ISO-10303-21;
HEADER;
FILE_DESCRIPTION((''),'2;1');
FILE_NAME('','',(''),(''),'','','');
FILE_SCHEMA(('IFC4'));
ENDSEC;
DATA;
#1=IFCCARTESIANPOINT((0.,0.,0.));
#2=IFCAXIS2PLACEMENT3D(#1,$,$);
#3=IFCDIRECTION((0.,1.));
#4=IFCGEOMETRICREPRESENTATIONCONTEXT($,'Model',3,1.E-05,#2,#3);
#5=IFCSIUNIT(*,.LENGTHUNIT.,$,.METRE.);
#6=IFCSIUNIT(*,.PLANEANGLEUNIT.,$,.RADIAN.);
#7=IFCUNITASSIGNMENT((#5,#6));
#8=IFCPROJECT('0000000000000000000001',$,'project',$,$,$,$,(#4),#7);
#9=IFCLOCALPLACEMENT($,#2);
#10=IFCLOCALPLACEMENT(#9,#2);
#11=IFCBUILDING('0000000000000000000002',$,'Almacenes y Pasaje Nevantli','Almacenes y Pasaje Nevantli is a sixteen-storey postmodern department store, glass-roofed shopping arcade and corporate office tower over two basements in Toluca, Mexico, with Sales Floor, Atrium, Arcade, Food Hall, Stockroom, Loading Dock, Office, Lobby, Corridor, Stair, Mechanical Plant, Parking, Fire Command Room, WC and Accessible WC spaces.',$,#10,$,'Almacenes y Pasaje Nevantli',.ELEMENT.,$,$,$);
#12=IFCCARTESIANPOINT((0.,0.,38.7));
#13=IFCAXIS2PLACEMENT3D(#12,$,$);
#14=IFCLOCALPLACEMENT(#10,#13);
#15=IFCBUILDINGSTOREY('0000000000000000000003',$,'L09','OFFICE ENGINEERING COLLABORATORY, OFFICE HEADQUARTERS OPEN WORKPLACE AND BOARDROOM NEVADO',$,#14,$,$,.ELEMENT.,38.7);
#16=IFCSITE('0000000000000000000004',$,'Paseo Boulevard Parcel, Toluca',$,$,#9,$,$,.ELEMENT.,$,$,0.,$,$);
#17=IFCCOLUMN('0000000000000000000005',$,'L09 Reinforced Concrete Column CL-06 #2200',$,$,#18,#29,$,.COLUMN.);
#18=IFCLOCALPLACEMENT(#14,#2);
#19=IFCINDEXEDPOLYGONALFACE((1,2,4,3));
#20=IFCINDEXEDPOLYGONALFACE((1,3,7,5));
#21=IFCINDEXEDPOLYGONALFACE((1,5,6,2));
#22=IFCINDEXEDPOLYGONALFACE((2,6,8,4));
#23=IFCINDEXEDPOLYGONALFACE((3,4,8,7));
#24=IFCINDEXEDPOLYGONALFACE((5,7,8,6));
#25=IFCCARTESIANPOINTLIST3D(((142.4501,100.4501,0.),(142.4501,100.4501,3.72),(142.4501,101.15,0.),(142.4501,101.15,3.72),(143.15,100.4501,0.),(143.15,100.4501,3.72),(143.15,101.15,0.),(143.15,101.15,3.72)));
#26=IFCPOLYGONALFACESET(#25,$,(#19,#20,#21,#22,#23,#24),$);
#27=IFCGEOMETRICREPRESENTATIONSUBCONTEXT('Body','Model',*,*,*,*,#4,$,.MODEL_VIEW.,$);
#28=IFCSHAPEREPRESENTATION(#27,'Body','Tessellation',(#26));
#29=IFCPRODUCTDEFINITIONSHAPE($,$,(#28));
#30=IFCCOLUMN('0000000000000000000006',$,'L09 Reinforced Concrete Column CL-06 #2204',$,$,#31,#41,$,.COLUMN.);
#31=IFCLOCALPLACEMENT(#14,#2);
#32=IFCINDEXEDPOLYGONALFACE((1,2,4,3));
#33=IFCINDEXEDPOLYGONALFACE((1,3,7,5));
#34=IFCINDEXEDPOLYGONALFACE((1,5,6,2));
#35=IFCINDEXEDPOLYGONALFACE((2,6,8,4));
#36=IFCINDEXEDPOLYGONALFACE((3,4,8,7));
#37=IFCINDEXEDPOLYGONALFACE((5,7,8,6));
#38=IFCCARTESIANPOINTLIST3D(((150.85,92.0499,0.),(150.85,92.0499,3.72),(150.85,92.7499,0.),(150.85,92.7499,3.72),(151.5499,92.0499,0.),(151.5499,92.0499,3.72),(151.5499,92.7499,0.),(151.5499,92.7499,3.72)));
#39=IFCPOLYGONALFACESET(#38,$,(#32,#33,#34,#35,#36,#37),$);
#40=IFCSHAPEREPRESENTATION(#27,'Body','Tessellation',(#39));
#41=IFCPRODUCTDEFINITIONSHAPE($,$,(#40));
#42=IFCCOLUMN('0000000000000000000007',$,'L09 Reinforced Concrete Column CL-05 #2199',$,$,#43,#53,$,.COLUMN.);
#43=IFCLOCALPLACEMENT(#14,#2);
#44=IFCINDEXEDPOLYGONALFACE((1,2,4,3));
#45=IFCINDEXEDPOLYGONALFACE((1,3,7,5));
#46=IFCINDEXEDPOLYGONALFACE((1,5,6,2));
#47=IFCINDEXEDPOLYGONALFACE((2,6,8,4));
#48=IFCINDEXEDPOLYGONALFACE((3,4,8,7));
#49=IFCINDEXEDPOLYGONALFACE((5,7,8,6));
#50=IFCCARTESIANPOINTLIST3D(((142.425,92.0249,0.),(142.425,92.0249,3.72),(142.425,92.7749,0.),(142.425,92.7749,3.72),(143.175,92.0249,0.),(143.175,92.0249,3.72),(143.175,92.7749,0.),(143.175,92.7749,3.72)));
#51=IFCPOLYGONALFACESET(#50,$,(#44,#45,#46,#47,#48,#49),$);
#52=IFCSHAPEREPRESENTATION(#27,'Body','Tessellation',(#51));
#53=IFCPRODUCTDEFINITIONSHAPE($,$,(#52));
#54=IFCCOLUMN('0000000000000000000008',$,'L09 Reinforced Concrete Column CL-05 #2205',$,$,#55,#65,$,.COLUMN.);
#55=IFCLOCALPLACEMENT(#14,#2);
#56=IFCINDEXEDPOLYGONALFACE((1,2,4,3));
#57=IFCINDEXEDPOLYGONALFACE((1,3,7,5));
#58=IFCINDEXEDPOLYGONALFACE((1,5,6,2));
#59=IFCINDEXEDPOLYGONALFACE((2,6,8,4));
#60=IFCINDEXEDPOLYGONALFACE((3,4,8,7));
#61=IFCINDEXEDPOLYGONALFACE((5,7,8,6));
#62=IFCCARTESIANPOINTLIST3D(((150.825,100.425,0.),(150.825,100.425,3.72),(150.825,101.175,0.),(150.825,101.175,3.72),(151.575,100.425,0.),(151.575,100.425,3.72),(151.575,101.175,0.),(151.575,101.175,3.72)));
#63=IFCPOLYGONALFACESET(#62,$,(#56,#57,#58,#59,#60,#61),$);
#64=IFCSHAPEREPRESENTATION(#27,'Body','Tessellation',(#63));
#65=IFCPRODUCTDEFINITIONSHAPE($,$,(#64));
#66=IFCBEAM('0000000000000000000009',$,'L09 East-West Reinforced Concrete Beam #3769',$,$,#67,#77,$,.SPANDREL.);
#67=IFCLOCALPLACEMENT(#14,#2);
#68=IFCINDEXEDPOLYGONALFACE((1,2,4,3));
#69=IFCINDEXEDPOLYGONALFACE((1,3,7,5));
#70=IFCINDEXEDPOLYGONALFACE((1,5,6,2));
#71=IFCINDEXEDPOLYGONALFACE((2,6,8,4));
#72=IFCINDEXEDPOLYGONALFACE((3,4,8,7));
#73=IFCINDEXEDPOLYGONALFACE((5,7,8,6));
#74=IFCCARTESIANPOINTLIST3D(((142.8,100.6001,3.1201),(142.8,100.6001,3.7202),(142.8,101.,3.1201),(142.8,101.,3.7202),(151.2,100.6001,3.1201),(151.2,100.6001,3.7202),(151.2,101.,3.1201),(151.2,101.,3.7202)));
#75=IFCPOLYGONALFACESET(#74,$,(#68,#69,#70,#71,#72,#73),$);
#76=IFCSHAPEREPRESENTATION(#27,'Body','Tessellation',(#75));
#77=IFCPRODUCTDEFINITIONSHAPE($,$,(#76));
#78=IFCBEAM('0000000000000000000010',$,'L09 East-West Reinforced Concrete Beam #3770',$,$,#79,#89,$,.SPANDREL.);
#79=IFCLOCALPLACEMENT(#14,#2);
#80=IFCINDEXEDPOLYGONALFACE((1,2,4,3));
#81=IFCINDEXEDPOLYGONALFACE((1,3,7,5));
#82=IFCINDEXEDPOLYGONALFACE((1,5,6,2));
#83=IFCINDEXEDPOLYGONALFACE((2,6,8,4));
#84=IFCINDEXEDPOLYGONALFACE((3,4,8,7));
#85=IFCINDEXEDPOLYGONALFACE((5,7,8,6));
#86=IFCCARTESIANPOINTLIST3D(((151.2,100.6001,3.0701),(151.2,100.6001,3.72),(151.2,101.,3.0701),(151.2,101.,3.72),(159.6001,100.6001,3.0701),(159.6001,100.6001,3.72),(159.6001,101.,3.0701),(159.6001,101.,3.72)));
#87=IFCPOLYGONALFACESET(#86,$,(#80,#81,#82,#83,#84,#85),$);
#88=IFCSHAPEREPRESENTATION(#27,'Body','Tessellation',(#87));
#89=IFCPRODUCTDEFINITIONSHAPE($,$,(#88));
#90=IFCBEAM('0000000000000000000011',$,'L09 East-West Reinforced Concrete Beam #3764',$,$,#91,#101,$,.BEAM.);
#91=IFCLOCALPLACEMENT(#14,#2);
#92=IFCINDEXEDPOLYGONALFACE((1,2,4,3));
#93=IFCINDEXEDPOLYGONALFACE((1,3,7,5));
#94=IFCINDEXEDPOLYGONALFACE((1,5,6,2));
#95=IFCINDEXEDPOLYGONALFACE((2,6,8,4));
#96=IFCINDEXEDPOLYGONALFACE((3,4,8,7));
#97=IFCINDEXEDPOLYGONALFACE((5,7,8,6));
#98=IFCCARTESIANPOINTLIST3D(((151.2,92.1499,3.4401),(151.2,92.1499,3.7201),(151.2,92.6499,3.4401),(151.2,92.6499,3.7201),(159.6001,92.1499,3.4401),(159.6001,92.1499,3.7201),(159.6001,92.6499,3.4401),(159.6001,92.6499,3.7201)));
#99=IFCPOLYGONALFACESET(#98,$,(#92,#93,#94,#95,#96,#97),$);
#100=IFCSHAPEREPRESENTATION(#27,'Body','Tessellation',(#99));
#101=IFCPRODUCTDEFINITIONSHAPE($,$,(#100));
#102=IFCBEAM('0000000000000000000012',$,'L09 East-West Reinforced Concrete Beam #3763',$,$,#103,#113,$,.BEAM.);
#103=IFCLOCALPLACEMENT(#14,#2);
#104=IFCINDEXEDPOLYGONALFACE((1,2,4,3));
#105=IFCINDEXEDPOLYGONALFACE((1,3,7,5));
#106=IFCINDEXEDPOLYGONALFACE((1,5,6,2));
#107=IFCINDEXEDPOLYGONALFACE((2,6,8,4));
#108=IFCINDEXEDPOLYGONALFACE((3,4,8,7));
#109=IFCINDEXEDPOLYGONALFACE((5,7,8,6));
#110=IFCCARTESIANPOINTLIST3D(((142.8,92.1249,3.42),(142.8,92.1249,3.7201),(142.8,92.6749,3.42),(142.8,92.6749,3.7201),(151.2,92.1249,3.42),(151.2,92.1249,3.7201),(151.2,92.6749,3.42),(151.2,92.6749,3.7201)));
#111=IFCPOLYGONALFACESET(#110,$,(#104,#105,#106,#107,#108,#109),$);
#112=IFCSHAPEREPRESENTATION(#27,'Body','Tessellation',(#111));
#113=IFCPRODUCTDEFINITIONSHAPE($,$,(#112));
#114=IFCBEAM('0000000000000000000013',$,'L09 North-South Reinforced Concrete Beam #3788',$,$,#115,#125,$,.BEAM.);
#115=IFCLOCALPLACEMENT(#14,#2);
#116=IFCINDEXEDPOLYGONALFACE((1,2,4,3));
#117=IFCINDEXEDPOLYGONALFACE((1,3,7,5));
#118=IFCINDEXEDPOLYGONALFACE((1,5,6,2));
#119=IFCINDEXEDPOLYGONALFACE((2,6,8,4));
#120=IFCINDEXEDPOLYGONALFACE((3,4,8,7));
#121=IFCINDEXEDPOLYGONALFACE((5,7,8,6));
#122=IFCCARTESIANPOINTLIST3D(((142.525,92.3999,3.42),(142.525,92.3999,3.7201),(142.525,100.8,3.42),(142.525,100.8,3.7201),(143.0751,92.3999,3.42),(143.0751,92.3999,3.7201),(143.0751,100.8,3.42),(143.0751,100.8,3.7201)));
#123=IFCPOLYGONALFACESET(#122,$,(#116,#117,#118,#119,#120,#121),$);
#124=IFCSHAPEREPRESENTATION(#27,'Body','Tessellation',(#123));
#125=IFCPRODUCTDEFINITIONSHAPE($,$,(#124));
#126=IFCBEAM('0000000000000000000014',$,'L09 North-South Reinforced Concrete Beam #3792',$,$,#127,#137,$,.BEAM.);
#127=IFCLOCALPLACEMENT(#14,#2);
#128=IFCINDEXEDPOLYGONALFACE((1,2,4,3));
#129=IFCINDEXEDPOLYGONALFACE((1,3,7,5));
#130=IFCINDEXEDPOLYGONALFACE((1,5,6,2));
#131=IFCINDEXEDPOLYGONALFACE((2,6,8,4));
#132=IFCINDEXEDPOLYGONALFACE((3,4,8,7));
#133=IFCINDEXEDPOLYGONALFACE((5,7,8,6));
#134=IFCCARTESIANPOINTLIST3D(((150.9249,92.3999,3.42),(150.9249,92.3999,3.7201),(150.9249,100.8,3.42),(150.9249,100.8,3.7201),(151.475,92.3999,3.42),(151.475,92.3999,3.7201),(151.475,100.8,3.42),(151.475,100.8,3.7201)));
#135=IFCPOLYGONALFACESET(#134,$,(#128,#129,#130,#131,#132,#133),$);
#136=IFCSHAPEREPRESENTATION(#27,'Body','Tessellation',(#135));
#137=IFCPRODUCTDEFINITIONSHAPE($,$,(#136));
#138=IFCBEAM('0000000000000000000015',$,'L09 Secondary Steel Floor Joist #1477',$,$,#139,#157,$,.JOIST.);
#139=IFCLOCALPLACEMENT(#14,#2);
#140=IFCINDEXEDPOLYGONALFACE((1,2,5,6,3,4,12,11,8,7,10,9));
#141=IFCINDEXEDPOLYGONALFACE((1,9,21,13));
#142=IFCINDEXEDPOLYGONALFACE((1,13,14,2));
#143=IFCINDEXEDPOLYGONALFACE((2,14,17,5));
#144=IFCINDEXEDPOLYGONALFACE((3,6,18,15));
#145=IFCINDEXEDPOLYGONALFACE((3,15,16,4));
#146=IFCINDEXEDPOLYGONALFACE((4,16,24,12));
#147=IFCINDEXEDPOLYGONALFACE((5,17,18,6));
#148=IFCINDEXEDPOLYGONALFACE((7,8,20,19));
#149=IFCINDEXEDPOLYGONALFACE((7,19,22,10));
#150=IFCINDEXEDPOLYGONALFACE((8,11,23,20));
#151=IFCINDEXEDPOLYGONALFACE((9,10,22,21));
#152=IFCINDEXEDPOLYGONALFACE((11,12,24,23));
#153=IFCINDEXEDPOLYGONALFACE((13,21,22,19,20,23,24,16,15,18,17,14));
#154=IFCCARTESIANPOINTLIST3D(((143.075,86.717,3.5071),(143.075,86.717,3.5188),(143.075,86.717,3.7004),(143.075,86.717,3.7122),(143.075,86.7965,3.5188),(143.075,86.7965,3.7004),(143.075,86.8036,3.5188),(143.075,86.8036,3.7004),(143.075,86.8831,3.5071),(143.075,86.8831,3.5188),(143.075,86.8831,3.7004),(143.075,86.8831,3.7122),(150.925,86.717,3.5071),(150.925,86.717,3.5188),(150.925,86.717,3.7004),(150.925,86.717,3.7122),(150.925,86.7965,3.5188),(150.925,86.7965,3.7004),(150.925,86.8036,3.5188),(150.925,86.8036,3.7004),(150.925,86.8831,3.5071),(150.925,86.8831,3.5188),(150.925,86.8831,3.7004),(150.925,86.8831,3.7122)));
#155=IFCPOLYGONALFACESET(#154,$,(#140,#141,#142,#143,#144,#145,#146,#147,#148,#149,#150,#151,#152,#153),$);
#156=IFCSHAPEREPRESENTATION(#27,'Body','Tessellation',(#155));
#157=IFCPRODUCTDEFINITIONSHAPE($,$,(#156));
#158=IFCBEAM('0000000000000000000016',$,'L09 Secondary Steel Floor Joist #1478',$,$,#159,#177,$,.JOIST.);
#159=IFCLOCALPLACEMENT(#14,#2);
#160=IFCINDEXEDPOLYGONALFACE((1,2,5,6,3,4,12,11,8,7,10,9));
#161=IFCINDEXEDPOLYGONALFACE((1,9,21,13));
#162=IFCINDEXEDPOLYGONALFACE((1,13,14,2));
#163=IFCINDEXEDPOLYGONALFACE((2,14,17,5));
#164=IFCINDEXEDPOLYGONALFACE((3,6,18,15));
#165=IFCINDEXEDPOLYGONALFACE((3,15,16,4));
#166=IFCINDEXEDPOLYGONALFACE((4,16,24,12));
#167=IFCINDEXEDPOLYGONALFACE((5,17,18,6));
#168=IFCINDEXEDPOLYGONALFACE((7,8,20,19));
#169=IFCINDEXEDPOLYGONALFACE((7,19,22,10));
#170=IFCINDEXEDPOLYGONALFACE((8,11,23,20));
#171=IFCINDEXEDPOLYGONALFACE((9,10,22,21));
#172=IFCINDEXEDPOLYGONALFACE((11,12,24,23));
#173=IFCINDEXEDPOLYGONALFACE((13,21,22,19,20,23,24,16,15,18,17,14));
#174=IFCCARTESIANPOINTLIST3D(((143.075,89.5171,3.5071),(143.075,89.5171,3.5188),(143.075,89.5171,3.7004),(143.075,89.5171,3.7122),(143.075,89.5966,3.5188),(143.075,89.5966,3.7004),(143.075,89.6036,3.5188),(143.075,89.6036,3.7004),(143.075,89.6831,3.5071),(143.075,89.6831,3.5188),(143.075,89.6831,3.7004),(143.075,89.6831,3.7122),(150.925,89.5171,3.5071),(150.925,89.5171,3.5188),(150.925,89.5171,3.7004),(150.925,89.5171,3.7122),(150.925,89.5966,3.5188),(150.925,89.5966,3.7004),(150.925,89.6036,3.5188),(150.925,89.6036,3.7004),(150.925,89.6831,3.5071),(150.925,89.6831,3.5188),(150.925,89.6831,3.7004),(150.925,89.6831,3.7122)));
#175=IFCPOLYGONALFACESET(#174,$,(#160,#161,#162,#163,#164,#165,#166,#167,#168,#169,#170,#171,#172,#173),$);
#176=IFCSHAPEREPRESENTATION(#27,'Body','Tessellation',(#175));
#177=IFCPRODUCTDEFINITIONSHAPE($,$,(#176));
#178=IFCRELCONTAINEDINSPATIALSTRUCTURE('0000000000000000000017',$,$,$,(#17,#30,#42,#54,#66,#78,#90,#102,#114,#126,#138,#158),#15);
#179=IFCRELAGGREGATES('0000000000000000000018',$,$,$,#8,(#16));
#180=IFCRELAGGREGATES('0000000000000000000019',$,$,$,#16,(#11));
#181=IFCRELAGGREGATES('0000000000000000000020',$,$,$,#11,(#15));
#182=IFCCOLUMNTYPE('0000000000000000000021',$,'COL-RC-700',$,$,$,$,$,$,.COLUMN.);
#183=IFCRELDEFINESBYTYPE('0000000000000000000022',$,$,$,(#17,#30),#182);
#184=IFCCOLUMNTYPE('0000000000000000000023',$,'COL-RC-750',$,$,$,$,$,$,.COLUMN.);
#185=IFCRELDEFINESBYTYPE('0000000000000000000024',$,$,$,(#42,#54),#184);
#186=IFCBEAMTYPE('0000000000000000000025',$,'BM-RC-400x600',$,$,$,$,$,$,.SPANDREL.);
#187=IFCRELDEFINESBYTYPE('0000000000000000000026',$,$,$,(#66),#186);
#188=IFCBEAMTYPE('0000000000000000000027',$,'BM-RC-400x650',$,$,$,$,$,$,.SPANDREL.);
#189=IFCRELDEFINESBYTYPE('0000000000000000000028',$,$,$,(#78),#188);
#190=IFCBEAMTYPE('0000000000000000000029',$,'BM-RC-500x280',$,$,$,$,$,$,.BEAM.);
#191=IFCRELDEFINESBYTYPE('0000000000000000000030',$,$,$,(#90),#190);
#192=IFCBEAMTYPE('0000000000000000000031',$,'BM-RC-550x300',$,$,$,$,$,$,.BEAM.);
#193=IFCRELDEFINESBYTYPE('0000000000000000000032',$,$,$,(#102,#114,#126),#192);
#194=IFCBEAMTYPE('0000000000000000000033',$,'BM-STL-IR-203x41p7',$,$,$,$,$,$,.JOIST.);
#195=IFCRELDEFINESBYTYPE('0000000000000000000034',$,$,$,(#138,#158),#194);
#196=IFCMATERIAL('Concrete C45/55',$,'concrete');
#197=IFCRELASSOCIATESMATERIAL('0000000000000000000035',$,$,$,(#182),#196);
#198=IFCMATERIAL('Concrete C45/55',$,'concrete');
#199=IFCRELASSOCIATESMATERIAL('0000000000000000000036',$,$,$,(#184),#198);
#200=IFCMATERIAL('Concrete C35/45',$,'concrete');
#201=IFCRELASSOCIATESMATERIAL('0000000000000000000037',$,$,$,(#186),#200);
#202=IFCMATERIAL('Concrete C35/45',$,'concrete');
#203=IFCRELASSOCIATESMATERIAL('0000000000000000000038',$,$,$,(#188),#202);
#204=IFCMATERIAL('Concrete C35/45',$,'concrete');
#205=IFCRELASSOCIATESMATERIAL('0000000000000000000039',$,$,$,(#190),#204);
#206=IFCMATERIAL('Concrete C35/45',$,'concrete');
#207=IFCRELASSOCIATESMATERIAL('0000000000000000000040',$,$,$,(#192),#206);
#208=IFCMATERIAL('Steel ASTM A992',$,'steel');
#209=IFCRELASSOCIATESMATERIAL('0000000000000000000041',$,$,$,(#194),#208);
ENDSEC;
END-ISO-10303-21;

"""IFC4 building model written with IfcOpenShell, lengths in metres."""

from ifc_helpers import new_model, si_unit, direction, frame, origin, origin_2d, place, context, subcontext, project, spatial, rectangle, i_section, extrude, material, material_profile, profile_set, type_object, element, save


model = new_model("IFC4")

# Units and contexts
model_context = context("Model", 3, precision=1e-05, world=origin(), true_north=direction((0.0, 1.0)))
body_context = subcontext(model_context, "Body", "Model", "MODEL_VIEW")
ifc_project = project(units=[si_unit("LENGTHUNIT", "METRE"), si_unit("PLANEANGLEUNIT", "RADIAN")], contexts=[model_context])

# Site, building, storey
site_placement = place(None, origin())
site = spatial("IfcSite", under=ifc_project, at=site_placement, Name="Paseo Boulevard Parcel, Toluca", CompositionType="ELEMENT", RefElevation=0.0)
building_placement = place(site_placement, origin())
building = spatial("IfcBuilding", under=site, at=building_placement, Name="Almacenes y Pasaje Nevantli", Description="Almacenes y Pasaje Nevantli is a sixteen-storey postmodern department store, glass-roofed shopping arcade and corporate office tower over two basements in Toluca, Mexico, with Sales Floor, Atrium, Arcade, Food Hall, Stockroom, Loading Dock, Office, Lobby, Corridor, Stair, Mechanical Plant, Parking, Fire Command Room, WC and Accessible WC spaces.", LongName="Almacenes y Pasaje Nevantli", CompositionType="ELEMENT")
storey_placement = place(building_placement, frame((0.0, 0.0, 38.7)))
storey = spatial("IfcBuildingStorey", under=building, at=storey_placement, Name="L09", Description="OFFICE ENGINEERING COLLABORATORY, OFFICE HEADQUARTERS OPEN WORKPLACE AND BOARDROOM NEVADO", CompositionType="ELEMENT", Elevation=38.7)

# Columns
ifc_material_1 = material(Name="Concrete C45/55", Category="concrete")
ifc_material_profile_1 = material_profile(ifc_material_1, rectangle(XDim=0.7, YDim=0.7, at=origin_2d()), Name="RC-COL-700x700")
ifc_profile_set_1 = profile_set([ifc_material_profile_1], Name="Concrete C45/55")
column_type_1 = type_object("IfcColumnType", Name="COL-RC-700", PredefinedType="COLUMN", material=ifc_profile_set_1)
for number, where, z_axis, x_axis, name in (
    (1, (142.8, 100.8, 0.0), (0.0, 0.0, 1.0), (1.0, 0.0, 0.0), "L09 Reinforced Concrete Column CL-06 #2200"),
    (2, (151.2, 92.3999, 0.0), (0.0, 0.0, 1.0), (1.0, 0.0, 0.0), "L09 Reinforced Concrete Column CL-06 #2204"),
):
    element("IfcColumn", number, at=place(storey_placement, frame(where, z_axis=z_axis, x_axis=x_axis)), inside=storey, type_object=column_type_1, Name=name, PredefinedType="COLUMN", context=body_context, shape_type="SweptSolid", body=[
        extrude(rectangle(XDim=0.7, YDim=0.7, at=origin_2d()), origin(), (0.0, 0.0, 1.0), 3.72),
    ])
ifc_material_2 = material(Name="Concrete C45/55", Category="concrete")
ifc_material_profile_2 = material_profile(ifc_material_2, rectangle(XDim=0.75, YDim=0.75, at=origin_2d()), Name="RC-COL-750x750")
ifc_profile_set_2 = profile_set([ifc_material_profile_2], Name="Concrete C45/55")
column_type_2 = type_object("IfcColumnType", Name="COL-RC-750", PredefinedType="COLUMN", material=ifc_profile_set_2)
for number, where, z_axis, x_axis, name in (
    (3, (142.8, 92.3999, 0.0), (0.0, 0.0, 1.0), (1.0, 0.0, 0.0), "L09 Reinforced Concrete Column CL-05 #2199"),
    (4, (151.2, 100.8, 0.0), (0.0, 0.0, 1.0), (1.0, 0.0, 0.0), "L09 Reinforced Concrete Column CL-05 #2205"),
):
    element("IfcColumn", number, at=place(storey_placement, frame(where, z_axis=z_axis, x_axis=x_axis)), inside=storey, type_object=column_type_2, Name=name, PredefinedType="COLUMN", context=body_context, shape_type="SweptSolid", body=[
        extrude(rectangle(XDim=0.75, YDim=0.75, at=origin_2d()), origin(), (0.0, 0.0, 1.0), 3.72),
    ])

# Beams
ifc_material_3 = material(Name="Concrete C35/45", Category="concrete")
ifc_material_profile_3 = material_profile(ifc_material_3, rectangle(XDim=0.3999, YDim=0.6001, at=origin_2d()), Name="RC-BM-400x600")
ifc_profile_set_3 = profile_set([ifc_material_profile_3], Name="Concrete C35/45")
beam_type_1 = type_object("IfcBeamType", Name="BM-RC-400x600", PredefinedType="SPANDREL", material=ifc_profile_set_3)
beam_1_placement = place(storey_placement, frame((142.8, 100.8, 3.4202), z_axis=(1.0, 0.0, 0.0), x_axis=(0.0, 1.0, 0.0)))
element("IfcBeam", 5, at=beam_1_placement, inside=storey, type_object=beam_type_1, Name="L09 East-West Reinforced Concrete Beam #3769", PredefinedType="SPANDREL", context=body_context, shape_type="SweptSolid", body=[
    extrude(rectangle(XDim=0.3999, YDim=0.6001, at=origin_2d()), origin(), (0.0, 0.0, 1.0), 8.3999),
])
ifc_material_4 = material(Name="Concrete C35/45", Category="concrete")
ifc_material_profile_4 = material_profile(ifc_material_4, rectangle(XDim=0.3999, YDim=0.6499, at=origin_2d()), Name="RC-BM-400x650")
ifc_profile_set_4 = profile_set([ifc_material_profile_4], Name="Concrete C35/45")
beam_type_2 = type_object("IfcBeamType", Name="BM-RC-400x650", PredefinedType="SPANDREL", material=ifc_profile_set_4)
beam_2_placement = place(storey_placement, frame((151.2, 100.8, 3.395), z_axis=(1.0, 0.0, 0.0), x_axis=(0.0, 1.0, 0.0)))
element("IfcBeam", 6, at=beam_2_placement, inside=storey, type_object=beam_type_2, Name="L09 East-West Reinforced Concrete Beam #3770", PredefinedType="SPANDREL", context=body_context, shape_type="SweptSolid", body=[
    extrude(rectangle(XDim=0.3999, YDim=0.6499, at=origin_2d()), origin(), (0.0, 0.0, 1.0), 8.4001),
])
ifc_material_5 = material(Name="Concrete C35/45", Category="concrete")
ifc_material_profile_5 = material_profile(ifc_material_5, rectangle(XDim=0.5, YDim=0.28, at=origin_2d()), Name="RC-BM-500x280")
ifc_profile_set_5 = profile_set([ifc_material_profile_5], Name="Concrete C35/45")
beam_type_3 = type_object("IfcBeamType", Name="BM-RC-500x280", PredefinedType="BEAM", material=ifc_profile_set_5)
beam_3_placement = place(storey_placement, frame((151.2, 92.3999, 3.5801), z_axis=(1.0, 0.0, 0.0), x_axis=(0.0, 1.0, 0.0)))
element("IfcBeam", 7, at=beam_3_placement, inside=storey, type_object=beam_type_3, Name="L09 East-West Reinforced Concrete Beam #3764", PredefinedType="BEAM", context=body_context, shape_type="SweptSolid", body=[
    extrude(rectangle(XDim=0.5, YDim=0.28, at=origin_2d()), origin(), (0.0, 0.0, 1.0), 8.4001),
])
ifc_material_6 = material(Name="Concrete C35/45", Category="concrete")
ifc_material_profile_6 = material_profile(ifc_material_6, rectangle(XDim=0.55, YDim=0.3, at=origin_2d()), Name="RC-BM-550x300")
ifc_profile_set_6 = profile_set([ifc_material_profile_6], Name="Concrete C35/45")
beam_type_4 = type_object("IfcBeamType", Name="BM-RC-550x300", PredefinedType="BEAM", material=ifc_profile_set_6)
beam_4_placement = place(storey_placement, frame((142.8, 92.3999, 3.5701), z_axis=(1.0, 0.0, 0.0), x_axis=(0.0, 1.0, 0.0)))
element("IfcBeam", 8, at=beam_4_placement, inside=storey, type_object=beam_type_4, Name="L09 East-West Reinforced Concrete Beam #3763", PredefinedType="BEAM", context=body_context, shape_type="SweptSolid", body=[
    extrude(rectangle(XDim=0.55, YDim=0.3, at=origin_2d()), origin(), (0.0, 0.0, 1.0), 8.3999),
])
for number, where, z_axis, x_axis, name in (
    (9, (142.8, 92.3999, 3.5701), (0.0, 1.0, 0.0), (-1.0, 0.0, 0.0), "L09 North-South Reinforced Concrete Beam #3788"),
    (10, (151.2, 92.3999, 3.5701), (0.0, 1.0, 0.0), (-1.0, 0.0, 0.0), "L09 North-South Reinforced Concrete Beam #3792"),
):
    element("IfcBeam", number, at=place(storey_placement, frame(where, z_axis=z_axis, x_axis=x_axis)), inside=storey, type_object=beam_type_4, Name=name, PredefinedType="BEAM", context=body_context, shape_type="SweptSolid", body=[
        extrude(rectangle(XDim=0.55, YDim=0.3, at=origin_2d()), origin(), (0.0, 0.0, 1.0), 8.4001),
    ])
ifc_material_7 = material(Name="Steel ASTM A992", Category="steel")
ifc_material_profile_7 = material_profile(ifc_material_7, i_section(OverallWidth=0.166, OverallDepth=0.2051, WebThickness=0.0071, FlangeThickness=0.0117, at=origin_2d()), Name="IR 203x41.7")
ifc_profile_set_7 = profile_set([ifc_material_profile_7], Name="Steel ASTM A992")
beam_type_5 = type_object("IfcBeamType", Name="BM-STL-IR-203x41p7", PredefinedType="JOIST", material=ifc_profile_set_7)
for number, where, z_axis, x_axis, name in (
    (11, (143.075, 86.8, 3.6096), (1.0, 0.0, 0.0), (0.0, 1.0, 0.0), "L09 Secondary Steel Floor Joist #1477"),
    (12, (143.075, 89.6001, 3.6096), (1.0, 0.0, 0.0), (0.0, 1.0, 0.0), "L09 Secondary Steel Floor Joist #1478"),
):
    element("IfcBeam", number, at=place(storey_placement, frame(where, z_axis=z_axis, x_axis=x_axis)), inside=storey, type_object=beam_type_5, Name=name, PredefinedType="JOIST", context=body_context, shape_type="SweptSolid", body=[
        extrude(i_section(OverallWidth=0.166, OverallDepth=0.2051, WebThickness=0.0071, FlangeThickness=0.0117, at=origin_2d()), origin(), (0.0, 0.0, 1.0), 7.8501),
    ])

save(model, "model.ifc")
